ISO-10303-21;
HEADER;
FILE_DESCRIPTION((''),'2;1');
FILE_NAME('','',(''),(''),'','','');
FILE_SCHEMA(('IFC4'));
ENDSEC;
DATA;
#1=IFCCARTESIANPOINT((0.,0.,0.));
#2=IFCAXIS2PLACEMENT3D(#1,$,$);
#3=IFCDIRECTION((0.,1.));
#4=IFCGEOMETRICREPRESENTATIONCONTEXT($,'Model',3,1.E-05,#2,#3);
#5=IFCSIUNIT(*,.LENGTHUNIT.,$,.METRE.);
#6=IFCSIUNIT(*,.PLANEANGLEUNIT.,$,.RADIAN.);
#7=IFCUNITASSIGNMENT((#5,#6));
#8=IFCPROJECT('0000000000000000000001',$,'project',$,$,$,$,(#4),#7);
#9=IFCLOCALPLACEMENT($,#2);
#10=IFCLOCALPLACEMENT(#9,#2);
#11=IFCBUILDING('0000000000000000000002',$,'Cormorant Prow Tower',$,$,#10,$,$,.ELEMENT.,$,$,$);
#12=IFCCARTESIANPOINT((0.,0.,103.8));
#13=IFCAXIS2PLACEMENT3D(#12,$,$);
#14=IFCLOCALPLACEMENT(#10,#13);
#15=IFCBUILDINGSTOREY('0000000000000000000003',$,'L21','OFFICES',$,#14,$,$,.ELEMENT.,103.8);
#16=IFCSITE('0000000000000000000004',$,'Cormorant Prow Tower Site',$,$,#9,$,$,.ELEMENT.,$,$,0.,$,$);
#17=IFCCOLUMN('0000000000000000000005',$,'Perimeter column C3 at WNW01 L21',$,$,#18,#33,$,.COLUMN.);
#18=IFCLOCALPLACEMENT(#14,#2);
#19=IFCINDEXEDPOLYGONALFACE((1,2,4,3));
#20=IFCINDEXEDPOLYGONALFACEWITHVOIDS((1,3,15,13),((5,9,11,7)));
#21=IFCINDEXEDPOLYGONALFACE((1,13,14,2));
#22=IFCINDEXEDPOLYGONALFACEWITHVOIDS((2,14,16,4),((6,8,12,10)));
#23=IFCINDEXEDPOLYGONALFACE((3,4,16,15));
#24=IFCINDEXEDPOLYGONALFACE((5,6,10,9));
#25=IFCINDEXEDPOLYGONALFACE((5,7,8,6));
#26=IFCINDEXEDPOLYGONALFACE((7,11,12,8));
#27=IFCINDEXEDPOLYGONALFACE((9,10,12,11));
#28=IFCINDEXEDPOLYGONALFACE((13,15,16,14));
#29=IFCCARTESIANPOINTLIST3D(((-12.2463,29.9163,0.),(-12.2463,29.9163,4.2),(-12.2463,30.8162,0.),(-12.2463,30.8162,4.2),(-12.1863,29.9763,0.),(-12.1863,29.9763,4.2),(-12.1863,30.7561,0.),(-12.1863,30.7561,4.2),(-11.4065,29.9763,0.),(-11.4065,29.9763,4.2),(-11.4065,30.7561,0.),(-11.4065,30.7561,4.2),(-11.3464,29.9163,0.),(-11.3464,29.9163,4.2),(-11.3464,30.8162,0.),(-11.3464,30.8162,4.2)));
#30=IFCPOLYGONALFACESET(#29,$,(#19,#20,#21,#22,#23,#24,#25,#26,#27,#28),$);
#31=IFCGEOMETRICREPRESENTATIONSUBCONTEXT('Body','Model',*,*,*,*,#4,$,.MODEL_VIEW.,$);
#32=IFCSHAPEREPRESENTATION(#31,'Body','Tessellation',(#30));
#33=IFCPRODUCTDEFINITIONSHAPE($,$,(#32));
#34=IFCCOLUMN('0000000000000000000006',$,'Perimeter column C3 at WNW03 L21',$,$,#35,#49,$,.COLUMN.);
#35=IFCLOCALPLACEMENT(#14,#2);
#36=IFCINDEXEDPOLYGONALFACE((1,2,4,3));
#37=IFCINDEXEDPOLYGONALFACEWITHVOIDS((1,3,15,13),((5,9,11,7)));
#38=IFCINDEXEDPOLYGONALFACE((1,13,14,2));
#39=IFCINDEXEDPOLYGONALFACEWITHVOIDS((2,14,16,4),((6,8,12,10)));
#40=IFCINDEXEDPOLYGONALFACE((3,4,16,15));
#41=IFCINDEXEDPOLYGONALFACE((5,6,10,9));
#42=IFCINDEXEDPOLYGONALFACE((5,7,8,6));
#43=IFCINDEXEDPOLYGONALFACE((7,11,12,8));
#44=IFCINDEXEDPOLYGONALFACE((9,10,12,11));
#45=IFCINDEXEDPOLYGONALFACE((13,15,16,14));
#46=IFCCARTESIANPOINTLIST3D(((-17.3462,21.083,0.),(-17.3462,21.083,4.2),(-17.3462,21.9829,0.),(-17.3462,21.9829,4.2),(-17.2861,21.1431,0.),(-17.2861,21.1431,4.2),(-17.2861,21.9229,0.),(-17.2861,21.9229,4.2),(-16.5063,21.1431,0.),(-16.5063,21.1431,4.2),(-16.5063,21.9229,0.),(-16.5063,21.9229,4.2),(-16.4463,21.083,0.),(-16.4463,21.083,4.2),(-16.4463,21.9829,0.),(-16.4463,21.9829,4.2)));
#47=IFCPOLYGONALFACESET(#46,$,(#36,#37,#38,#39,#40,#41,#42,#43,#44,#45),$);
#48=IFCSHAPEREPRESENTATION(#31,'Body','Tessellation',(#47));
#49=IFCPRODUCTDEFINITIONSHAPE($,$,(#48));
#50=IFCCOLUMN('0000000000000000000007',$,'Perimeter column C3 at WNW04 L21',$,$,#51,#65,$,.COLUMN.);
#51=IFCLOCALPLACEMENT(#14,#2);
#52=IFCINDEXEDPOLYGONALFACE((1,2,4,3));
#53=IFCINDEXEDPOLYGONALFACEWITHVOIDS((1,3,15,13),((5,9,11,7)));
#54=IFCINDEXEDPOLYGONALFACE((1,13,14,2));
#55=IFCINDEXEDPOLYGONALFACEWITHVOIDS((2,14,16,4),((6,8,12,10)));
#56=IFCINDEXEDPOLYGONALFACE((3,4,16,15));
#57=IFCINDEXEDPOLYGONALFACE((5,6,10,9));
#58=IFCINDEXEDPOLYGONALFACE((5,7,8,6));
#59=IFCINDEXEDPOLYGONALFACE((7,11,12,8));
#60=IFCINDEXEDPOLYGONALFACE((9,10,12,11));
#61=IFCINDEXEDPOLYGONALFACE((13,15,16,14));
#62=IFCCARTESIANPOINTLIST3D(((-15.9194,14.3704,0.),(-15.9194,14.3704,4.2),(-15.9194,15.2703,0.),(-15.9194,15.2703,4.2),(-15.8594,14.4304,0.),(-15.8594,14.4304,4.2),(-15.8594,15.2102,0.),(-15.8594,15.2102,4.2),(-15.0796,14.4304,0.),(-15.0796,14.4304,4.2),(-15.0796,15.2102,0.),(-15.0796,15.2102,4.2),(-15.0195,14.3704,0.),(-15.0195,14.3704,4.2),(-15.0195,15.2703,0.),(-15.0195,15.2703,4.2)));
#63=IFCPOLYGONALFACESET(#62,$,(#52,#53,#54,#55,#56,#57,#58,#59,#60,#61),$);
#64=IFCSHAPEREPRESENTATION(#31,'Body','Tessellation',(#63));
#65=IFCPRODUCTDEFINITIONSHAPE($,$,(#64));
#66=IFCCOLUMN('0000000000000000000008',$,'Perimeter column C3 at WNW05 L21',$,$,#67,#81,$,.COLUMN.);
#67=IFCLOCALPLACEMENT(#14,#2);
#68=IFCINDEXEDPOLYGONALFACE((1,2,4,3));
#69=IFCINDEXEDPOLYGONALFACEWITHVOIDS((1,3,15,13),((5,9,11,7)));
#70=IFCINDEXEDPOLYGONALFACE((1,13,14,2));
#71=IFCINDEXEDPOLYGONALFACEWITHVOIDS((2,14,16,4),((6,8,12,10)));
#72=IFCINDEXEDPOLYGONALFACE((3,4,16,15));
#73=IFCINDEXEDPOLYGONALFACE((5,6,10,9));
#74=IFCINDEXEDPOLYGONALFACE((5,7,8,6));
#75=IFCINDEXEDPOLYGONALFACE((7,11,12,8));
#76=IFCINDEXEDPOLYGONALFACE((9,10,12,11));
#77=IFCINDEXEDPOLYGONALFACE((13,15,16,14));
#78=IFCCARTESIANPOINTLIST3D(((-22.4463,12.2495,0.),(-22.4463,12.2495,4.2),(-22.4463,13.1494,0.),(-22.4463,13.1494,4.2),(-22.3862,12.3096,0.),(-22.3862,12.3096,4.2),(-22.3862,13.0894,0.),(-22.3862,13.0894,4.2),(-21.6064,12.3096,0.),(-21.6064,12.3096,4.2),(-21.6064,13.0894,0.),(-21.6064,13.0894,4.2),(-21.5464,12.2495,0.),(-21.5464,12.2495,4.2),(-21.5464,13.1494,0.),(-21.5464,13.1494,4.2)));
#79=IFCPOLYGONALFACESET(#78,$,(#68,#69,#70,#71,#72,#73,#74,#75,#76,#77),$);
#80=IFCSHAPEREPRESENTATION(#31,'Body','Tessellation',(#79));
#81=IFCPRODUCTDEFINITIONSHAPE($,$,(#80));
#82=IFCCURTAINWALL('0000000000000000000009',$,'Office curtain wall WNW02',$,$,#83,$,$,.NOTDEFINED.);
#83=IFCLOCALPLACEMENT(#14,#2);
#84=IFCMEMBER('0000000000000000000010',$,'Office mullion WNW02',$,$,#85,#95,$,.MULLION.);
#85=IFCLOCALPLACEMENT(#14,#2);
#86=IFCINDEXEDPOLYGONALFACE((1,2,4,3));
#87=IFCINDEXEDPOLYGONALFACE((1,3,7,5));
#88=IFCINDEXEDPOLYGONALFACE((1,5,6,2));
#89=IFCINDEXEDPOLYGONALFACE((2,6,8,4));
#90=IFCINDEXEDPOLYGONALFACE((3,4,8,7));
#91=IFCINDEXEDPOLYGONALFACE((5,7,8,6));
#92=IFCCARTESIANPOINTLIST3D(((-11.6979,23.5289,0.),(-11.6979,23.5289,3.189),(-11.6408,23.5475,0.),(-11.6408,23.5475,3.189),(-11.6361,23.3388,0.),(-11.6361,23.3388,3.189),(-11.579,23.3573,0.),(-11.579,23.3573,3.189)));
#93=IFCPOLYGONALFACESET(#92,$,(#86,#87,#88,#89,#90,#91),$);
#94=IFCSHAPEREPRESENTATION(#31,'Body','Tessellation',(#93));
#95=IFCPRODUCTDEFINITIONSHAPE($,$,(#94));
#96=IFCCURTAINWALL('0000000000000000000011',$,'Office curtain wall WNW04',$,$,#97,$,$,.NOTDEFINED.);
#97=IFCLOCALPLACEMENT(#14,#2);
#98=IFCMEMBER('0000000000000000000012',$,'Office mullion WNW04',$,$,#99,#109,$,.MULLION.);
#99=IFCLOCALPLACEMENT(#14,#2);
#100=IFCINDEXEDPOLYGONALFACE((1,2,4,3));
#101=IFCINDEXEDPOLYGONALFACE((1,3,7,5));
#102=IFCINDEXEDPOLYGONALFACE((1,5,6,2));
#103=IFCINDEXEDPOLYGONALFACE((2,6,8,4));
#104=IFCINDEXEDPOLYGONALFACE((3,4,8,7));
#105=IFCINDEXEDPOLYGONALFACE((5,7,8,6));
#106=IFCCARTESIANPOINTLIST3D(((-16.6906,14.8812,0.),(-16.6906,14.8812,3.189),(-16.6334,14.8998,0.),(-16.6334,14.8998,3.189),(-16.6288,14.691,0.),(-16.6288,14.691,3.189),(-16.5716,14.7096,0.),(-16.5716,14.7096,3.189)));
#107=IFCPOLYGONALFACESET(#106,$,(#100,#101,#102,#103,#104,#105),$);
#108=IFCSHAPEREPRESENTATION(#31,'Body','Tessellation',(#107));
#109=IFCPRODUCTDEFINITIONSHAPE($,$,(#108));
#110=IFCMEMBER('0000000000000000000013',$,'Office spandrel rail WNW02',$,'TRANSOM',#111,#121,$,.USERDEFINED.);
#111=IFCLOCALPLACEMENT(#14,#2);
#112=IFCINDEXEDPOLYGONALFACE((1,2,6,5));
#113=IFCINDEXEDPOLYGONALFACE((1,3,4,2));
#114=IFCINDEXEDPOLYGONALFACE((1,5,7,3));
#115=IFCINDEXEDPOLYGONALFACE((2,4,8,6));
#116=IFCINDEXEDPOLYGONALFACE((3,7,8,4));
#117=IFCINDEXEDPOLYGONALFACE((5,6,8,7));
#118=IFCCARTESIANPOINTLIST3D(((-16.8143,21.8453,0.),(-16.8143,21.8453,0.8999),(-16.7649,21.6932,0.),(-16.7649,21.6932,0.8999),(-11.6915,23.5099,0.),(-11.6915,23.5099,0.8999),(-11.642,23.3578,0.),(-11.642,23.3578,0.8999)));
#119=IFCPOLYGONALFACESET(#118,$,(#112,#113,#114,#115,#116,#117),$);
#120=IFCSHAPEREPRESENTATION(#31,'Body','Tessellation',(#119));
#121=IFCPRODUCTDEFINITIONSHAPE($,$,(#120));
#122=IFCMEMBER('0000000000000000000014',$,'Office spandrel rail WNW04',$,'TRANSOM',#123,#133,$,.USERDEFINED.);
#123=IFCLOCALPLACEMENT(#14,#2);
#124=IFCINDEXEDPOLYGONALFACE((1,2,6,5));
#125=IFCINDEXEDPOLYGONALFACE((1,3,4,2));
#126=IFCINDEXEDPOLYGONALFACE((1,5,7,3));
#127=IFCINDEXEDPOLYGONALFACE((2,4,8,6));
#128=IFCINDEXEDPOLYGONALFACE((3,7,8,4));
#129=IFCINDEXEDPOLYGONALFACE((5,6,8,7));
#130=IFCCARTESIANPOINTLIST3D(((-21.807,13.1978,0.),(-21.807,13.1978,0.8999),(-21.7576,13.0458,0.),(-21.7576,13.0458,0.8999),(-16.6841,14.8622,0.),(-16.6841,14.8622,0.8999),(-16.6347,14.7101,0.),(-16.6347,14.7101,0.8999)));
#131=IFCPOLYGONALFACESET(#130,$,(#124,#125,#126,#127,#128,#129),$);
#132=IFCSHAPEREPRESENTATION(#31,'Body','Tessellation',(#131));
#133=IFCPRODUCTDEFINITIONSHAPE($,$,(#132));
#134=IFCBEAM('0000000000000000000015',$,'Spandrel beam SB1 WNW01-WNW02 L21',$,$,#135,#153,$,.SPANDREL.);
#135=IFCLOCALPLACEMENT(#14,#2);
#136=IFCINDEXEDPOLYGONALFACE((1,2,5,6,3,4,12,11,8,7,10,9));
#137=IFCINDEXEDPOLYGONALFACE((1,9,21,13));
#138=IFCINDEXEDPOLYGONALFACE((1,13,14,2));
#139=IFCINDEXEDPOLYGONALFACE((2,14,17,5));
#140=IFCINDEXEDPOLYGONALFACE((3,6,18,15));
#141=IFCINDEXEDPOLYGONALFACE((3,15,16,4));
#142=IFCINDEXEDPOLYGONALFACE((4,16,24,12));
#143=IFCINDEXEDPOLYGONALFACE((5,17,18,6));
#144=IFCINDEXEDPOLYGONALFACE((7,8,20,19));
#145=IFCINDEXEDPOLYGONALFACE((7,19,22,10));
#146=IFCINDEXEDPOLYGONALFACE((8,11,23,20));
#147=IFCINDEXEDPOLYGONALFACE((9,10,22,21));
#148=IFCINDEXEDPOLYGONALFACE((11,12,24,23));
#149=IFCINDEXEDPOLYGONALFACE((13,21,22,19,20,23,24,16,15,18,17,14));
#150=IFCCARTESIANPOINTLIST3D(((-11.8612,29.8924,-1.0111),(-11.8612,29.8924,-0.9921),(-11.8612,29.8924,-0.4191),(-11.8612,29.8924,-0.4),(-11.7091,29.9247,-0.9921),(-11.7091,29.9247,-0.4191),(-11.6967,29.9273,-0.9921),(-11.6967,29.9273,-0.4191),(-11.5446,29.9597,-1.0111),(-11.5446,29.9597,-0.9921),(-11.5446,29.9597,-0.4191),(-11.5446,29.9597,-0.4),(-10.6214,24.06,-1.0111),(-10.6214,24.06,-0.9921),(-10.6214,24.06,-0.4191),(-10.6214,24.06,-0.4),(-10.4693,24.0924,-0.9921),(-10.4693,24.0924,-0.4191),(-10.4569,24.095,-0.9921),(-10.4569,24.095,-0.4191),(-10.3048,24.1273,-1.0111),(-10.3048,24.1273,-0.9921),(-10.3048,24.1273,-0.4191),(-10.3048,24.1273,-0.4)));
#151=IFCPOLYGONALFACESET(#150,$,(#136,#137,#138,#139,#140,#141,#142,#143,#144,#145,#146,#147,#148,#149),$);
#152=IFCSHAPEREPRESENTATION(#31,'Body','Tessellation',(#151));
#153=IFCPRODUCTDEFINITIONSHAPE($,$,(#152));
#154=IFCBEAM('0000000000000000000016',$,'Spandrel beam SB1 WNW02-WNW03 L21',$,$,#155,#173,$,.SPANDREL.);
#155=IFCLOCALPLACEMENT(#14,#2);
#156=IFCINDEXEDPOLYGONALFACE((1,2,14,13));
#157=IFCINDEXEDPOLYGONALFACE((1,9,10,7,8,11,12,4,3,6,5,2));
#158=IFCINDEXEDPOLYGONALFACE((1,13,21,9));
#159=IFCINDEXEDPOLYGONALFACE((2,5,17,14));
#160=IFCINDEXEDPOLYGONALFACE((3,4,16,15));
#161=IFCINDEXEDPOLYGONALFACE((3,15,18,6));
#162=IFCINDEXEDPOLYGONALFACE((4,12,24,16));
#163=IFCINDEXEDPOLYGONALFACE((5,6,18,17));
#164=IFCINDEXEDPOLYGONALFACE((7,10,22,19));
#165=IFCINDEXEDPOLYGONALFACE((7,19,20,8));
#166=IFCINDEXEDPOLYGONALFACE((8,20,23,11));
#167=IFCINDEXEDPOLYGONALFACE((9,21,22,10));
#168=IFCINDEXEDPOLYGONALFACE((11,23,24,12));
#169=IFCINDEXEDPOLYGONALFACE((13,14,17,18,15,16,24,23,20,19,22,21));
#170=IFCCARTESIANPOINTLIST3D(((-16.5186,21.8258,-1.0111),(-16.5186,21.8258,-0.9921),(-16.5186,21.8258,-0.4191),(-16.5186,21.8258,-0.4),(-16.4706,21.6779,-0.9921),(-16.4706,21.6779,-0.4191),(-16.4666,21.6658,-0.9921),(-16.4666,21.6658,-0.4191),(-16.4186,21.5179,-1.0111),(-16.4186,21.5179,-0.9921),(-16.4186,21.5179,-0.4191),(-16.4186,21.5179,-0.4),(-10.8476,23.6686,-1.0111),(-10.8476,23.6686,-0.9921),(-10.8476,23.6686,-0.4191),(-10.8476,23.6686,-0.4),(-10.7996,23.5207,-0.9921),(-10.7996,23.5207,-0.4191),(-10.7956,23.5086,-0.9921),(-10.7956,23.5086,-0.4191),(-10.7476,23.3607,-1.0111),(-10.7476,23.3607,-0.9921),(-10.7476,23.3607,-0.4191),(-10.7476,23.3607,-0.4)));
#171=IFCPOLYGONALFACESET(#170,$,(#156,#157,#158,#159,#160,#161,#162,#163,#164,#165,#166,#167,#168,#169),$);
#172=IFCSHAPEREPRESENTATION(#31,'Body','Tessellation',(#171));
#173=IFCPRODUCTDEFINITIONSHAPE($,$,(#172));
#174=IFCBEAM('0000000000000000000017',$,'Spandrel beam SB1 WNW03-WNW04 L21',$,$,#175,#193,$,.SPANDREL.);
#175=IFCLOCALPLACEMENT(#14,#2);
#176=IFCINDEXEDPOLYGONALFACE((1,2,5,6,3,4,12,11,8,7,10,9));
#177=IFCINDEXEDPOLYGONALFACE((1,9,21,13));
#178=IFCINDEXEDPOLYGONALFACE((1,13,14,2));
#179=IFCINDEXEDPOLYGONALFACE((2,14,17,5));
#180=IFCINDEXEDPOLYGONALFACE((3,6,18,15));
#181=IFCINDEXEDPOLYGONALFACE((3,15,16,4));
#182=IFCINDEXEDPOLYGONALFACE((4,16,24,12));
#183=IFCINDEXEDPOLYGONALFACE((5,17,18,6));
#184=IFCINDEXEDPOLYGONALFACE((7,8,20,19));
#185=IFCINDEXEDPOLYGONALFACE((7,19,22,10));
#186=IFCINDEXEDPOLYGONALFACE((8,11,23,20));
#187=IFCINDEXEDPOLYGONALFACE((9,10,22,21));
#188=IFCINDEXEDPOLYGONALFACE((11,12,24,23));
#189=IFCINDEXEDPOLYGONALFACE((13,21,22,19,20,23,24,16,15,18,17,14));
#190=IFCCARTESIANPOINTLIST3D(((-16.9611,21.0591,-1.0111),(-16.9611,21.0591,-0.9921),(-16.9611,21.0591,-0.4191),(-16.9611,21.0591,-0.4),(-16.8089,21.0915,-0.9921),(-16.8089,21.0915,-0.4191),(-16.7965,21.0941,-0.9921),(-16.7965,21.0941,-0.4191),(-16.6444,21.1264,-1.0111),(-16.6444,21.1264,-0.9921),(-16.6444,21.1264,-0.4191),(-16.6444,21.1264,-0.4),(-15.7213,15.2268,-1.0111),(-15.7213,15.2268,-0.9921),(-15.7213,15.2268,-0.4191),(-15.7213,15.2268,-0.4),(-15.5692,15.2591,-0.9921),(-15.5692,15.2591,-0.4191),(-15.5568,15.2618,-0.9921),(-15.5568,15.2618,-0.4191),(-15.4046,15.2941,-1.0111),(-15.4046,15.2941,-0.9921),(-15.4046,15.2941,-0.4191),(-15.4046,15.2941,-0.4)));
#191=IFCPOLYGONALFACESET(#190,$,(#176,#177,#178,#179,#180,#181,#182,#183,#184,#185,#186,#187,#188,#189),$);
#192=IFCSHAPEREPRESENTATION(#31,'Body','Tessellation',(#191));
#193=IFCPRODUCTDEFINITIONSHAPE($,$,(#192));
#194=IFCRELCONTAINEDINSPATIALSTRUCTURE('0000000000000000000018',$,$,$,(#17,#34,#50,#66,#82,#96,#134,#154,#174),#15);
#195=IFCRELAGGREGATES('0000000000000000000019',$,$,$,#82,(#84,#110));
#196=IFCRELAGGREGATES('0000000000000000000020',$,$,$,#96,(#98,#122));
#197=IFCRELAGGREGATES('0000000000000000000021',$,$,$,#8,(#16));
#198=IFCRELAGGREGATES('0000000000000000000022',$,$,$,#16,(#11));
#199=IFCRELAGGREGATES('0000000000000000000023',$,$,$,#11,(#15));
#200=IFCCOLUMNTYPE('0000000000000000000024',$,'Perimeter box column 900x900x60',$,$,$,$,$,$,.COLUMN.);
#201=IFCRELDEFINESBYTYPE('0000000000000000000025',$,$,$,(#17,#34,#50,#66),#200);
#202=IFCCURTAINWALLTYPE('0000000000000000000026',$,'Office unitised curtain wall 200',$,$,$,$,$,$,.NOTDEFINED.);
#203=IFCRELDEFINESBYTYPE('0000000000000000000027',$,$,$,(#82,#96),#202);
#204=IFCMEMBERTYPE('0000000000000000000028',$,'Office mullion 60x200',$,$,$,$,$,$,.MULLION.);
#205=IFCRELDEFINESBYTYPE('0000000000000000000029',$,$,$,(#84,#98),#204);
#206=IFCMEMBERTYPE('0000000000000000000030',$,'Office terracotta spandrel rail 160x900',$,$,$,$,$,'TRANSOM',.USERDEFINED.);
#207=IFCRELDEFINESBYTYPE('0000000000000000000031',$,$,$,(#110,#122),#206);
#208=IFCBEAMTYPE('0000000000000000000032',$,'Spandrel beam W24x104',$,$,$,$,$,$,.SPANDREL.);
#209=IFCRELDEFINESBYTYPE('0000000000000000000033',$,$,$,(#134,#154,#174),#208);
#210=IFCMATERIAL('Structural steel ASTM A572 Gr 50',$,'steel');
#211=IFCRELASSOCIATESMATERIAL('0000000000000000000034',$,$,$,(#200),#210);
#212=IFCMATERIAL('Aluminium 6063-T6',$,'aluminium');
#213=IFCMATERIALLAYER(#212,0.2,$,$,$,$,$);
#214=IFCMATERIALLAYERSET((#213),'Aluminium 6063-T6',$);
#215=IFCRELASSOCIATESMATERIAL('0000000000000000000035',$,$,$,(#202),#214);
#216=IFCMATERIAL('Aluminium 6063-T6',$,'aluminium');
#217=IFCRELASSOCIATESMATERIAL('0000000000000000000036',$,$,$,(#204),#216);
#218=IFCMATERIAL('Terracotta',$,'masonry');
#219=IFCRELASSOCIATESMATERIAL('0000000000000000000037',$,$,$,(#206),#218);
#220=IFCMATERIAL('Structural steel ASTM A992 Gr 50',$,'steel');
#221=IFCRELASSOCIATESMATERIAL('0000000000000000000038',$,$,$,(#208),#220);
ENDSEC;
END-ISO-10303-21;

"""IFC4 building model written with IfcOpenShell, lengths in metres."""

from ifc_helpers import new_model, si_unit, direction, frame, origin, origin_2d, place, context, subcontext, project, spatial, rectangle, hollow_rectangle, i_section, extrude, material, layer, layer_set, material_profile, profile_set, type_object, element, aggregate, save


model = new_model("IFC4")

# Units and contexts
model_context = context("Model", 3, precision=1e-05, world=origin(), true_north=direction((0.0, 1.0)))
body_context = subcontext(model_context, "Body", "Model", "MODEL_VIEW")
ifc_project = project(units=[si_unit("LENGTHUNIT", "METRE"), si_unit("PLANEANGLEUNIT", "RADIAN")], contexts=[model_context])

# Site, building, storey
site_placement = place(None, origin())
site = spatial("IfcSite", under=ifc_project, at=site_placement, Name="Cormorant Prow Tower Site", CompositionType="ELEMENT", RefElevation=0.0)
building_placement = place(site_placement, origin())
building = spatial("IfcBuilding", under=site, at=building_placement, Name="Cormorant Prow Tower", CompositionType="ELEMENT")
storey_placement = place(building_placement, frame((0.0, 0.0, 103.8)))
storey = spatial("IfcBuildingStorey", under=building, at=storey_placement, Name="L21", Description="OFFICES", CompositionType="ELEMENT", Elevation=103.8)

# Columns
ifc_material_1 = material(Name="Structural steel ASTM A572 Gr 50", Category="steel")
ifc_material_profile_1 = material_profile(ifc_material_1, hollow_rectangle(XDim=0.8999, YDim=0.8999, WallThickness=0.0601, at=origin_2d()), Name="Box 900x900x60")
ifc_profile_set_1 = profile_set([ifc_material_profile_1], Name="Structural steel ASTM A572 Gr 50")
column_type = type_object("IfcColumnType", Name="Perimeter box column 900x900x60", PredefinedType="COLUMN", material=ifc_profile_set_1)
for number, where, z_axis, x_axis, name in (
    (1, (-11.7964, 30.3662, 0.0), (0.0, 0.0, 1.0), (1.0, 0.0, 0.0), "Perimeter column C3 at WNW01 L21"),
    (2, (-16.8962, 21.533, 0.0), (0.0, 0.0, 1.0), (1.0, 0.0, 0.0), "Perimeter column C3 at WNW03 L21"),
    (3, (-15.4695, 14.8203, 0.0), (0.0, 0.0, 1.0), (1.0, 0.0, 0.0), "Perimeter column C3 at WNW04 L21"),
    (4, (-21.9963, 12.6995, 0.0), (0.0, 0.0, 1.0), (1.0, 0.0, 0.0), "Perimeter column C3 at WNW05 L21"),
):
    element("IfcColumn", number, at=place(storey_placement, frame(where, z_axis=z_axis, x_axis=x_axis)), inside=storey, type_object=column_type, Name=name, PredefinedType="COLUMN", context=body_context, shape_type="SweptSolid", body=[
        extrude(hollow_rectangle(XDim=0.8999, YDim=0.8999, WallThickness=0.0601, at=origin_2d()), origin(), (0.0, 0.0, 1.0), 4.2),
    ])

# Curtain walls, members
ifc_material_2 = material(Name="Aluminium 6063-T6", Category="aluminium")
ifc_layer_1 = layer(ifc_material_2, 0.2)
ifc_layer_set_1 = layer_set([ifc_layer_1], Name="Aluminium 6063-T6")
curtain_wall_type = type_object("IfcCurtainWallType", Name="Office unitised curtain wall 200", PredefinedType="NOTDEFINED", material=ifc_layer_set_1)
curtain_wall_1_placement = place(storey_placement, origin())
curtain_wall_1 = element("IfcCurtainWall", 5, at=curtain_wall_1_placement, inside=storey, type_object=curtain_wall_type, Name="Office curtain wall WNW02", PredefinedType="NOTDEFINED")
ifc_material_3 = material(Name="Aluminium 6063-T6", Category="aluminium")
ifc_material_profile_2 = material_profile(ifc_material_3, rectangle(XDim=0.2, YDim=0.0601, at=origin_2d()), Name="Office mullion 60x200")
ifc_profile_set_2 = profile_set([ifc_material_profile_2], Name="Aluminium 6063-T6")
member_type_1 = type_object("IfcMemberType", Name="Office mullion 60x200", PredefinedType="MULLION", material=ifc_profile_set_2)
member_1_placement = place(storey_placement, frame((-11.6384, 23.4431, 0.0), z_axis=(0.0, 0.0, 1.0), x_axis=(0.309017, -0.951057, 0.0)))
member_1 = element("IfcMember", 6, at=member_1_placement, type_object=member_type_1, Name="Office mullion WNW02", PredefinedType="MULLION", context=body_context, shape_type="SweptSolid", body=[
    extrude(rectangle(XDim=0.2, YDim=0.0601, at=origin_2d()), origin(), (0.0, 0.0, 1.0), 3.189),
])
curtain_wall_2_placement = place(storey_placement, origin())
curtain_wall_2 = element("IfcCurtainWall", 7, at=curtain_wall_2_placement, inside=storey, type_object=curtain_wall_type, Name="Office curtain wall WNW04", PredefinedType="NOTDEFINED")
member_2_placement = place(storey_placement, frame((-16.6311, 14.7954, 0.0), z_axis=(0.0, 0.0, 1.0), x_axis=(0.309017, -0.951057, 0.0)))
member_2 = element("IfcMember", 8, at=member_2_placement, type_object=member_type_1, Name="Office mullion WNW04", PredefinedType="MULLION", context=body_context, shape_type="SweptSolid", body=[
    extrude(rectangle(XDim=0.2, YDim=0.0601, at=origin_2d()), origin(), (0.0, 0.0, 1.0), 3.189),
])

# Members
ifc_material_4 = material(Name="Terracotta", Category="masonry")
ifc_material_profile_3 = material_profile(ifc_material_4, rectangle(XDim=0.1599, YDim=0.8999, at=origin_2d()), Name="Office terracotta spandrel rail 160x900")
ifc_profile_set_3 = profile_set([ifc_material_profile_3], Name="Terracotta")
member_type_2 = type_object("IfcMemberType", Name="Office terracotta spandrel rail 160x900", ElementType="TRANSOM", PredefinedType="USERDEFINED", material=ifc_profile_set_3)
member_3_placement = place(storey_placement, frame((-11.6667, 23.4338, 0.45), z_axis=(-0.951054, -0.309026, 0.0), x_axis=(0.309026, -0.951054, 0.0)))
member_3 = element("IfcMember", 9, at=member_3_placement, type_object=member_type_2, Name="Office spandrel rail WNW02", ObjectType="TRANSOM", PredefinedType="USERDEFINED", context=body_context, shape_type="SweptSolid", body=[
    extrude(rectangle(XDim=0.1599, YDim=0.8999, at=origin_2d()), origin(), (0.0, 0.0, 1.0), 5.3865),
])
member_4_placement = place(storey_placement, frame((-16.6594, 14.7861, 0.45), z_axis=(-0.951067, -0.308985, 0.0), x_axis=(0.308985, -0.951067, 0.0)))
member_4 = element("IfcMember", 10, at=member_4_placement, type_object=member_type_2, Name="Office spandrel rail WNW04", ObjectType="TRANSOM", PredefinedType="USERDEFINED", context=body_context, shape_type="SweptSolid", body=[
    extrude(rectangle(XDim=0.1599, YDim=0.8999, at=origin_2d()), origin(), (0.0, 0.0, 1.0), 5.3865),
])

# Beams
ifc_material_5 = material(Name="Structural steel ASTM A992 Gr 50", Category="steel")
ifc_material_profile_4 = material_profile(ifc_material_5, i_section(OverallWidth=0.3237, OverallDepth=0.6111, WebThickness=0.0127, FlangeThickness=0.019, at=origin_2d()), Name="W24x104")
ifc_profile_set_4 = profile_set([ifc_material_profile_4], Name="Structural steel ASTM A992 Gr 50")
beam_type = type_object("IfcBeamType", Name="Spandrel beam W24x104", PredefinedType="SPANDREL", material=ifc_profile_set_4)
beam_1_placement = place(storey_placement, frame((-11.7029, 29.926, -0.7056), z_axis=(0.207921, -0.978146, 0.0), x_axis=(0.978146, 0.207921, 0.0)))
element("IfcBeam", 11, at=beam_1_placement, inside=storey, type_object=beam_type, Name="Spandrel beam SB1 WNW01-WNW02 L21", PredefinedType="SPANDREL", context=body_context, shape_type="SweptSolid", body=[
    extrude(i_section(OverallWidth=0.3237, OverallDepth=0.6111, WebThickness=0.0127, FlangeThickness=0.019, at=origin_2d()), origin(), (0.0, 0.0, 1.0), 5.9626),
])
beam_2_placement = place(storey_placement, frame((-10.7976, 23.5146, -0.7056), z_axis=(-0.951047, -0.309045, 0.0), x_axis=(0.309045, -0.951047, 0.0)))
element("IfcBeam", 12, at=beam_2_placement, inside=storey, type_object=beam_type, Name="Spandrel beam SB1 WNW02-WNW03 L21", PredefinedType="SPANDREL", context=body_context, shape_type="SweptSolid", body=[
    extrude(i_section(OverallWidth=0.3237, OverallDepth=0.6111, WebThickness=0.0127, FlangeThickness=0.019, at=origin_2d()), origin(), (0.0, 0.0, 1.0), 5.9629),
])
for number, where, z_axis, x_axis, name in (
    (13, (-16.8027, 21.0928, -0.7056), (0.207921, -0.978146, 0.0), (0.978146, 0.207921, 0.0), "Spandrel beam SB1 WNW03-WNW04 L21"),
):
    element("IfcBeam", number, at=place(storey_placement, frame(where, z_axis=z_axis, x_axis=x_axis)), inside=storey, type_object=beam_type, Name=name, PredefinedType="SPANDREL", context=body_context, shape_type="SweptSolid", body=[
        extrude(i_section(OverallWidth=0.3237, OverallDepth=0.6111, WebThickness=0.0127, FlangeThickness=0.019, at=origin_2d()), origin(), (0.0, 0.0, 1.0), 5.9626),
    ])

aggregate(curtain_wall_1, [member_1, member_3])
aggregate(curtain_wall_2, [member_2, member_4])

save(model, "model.ifc")
